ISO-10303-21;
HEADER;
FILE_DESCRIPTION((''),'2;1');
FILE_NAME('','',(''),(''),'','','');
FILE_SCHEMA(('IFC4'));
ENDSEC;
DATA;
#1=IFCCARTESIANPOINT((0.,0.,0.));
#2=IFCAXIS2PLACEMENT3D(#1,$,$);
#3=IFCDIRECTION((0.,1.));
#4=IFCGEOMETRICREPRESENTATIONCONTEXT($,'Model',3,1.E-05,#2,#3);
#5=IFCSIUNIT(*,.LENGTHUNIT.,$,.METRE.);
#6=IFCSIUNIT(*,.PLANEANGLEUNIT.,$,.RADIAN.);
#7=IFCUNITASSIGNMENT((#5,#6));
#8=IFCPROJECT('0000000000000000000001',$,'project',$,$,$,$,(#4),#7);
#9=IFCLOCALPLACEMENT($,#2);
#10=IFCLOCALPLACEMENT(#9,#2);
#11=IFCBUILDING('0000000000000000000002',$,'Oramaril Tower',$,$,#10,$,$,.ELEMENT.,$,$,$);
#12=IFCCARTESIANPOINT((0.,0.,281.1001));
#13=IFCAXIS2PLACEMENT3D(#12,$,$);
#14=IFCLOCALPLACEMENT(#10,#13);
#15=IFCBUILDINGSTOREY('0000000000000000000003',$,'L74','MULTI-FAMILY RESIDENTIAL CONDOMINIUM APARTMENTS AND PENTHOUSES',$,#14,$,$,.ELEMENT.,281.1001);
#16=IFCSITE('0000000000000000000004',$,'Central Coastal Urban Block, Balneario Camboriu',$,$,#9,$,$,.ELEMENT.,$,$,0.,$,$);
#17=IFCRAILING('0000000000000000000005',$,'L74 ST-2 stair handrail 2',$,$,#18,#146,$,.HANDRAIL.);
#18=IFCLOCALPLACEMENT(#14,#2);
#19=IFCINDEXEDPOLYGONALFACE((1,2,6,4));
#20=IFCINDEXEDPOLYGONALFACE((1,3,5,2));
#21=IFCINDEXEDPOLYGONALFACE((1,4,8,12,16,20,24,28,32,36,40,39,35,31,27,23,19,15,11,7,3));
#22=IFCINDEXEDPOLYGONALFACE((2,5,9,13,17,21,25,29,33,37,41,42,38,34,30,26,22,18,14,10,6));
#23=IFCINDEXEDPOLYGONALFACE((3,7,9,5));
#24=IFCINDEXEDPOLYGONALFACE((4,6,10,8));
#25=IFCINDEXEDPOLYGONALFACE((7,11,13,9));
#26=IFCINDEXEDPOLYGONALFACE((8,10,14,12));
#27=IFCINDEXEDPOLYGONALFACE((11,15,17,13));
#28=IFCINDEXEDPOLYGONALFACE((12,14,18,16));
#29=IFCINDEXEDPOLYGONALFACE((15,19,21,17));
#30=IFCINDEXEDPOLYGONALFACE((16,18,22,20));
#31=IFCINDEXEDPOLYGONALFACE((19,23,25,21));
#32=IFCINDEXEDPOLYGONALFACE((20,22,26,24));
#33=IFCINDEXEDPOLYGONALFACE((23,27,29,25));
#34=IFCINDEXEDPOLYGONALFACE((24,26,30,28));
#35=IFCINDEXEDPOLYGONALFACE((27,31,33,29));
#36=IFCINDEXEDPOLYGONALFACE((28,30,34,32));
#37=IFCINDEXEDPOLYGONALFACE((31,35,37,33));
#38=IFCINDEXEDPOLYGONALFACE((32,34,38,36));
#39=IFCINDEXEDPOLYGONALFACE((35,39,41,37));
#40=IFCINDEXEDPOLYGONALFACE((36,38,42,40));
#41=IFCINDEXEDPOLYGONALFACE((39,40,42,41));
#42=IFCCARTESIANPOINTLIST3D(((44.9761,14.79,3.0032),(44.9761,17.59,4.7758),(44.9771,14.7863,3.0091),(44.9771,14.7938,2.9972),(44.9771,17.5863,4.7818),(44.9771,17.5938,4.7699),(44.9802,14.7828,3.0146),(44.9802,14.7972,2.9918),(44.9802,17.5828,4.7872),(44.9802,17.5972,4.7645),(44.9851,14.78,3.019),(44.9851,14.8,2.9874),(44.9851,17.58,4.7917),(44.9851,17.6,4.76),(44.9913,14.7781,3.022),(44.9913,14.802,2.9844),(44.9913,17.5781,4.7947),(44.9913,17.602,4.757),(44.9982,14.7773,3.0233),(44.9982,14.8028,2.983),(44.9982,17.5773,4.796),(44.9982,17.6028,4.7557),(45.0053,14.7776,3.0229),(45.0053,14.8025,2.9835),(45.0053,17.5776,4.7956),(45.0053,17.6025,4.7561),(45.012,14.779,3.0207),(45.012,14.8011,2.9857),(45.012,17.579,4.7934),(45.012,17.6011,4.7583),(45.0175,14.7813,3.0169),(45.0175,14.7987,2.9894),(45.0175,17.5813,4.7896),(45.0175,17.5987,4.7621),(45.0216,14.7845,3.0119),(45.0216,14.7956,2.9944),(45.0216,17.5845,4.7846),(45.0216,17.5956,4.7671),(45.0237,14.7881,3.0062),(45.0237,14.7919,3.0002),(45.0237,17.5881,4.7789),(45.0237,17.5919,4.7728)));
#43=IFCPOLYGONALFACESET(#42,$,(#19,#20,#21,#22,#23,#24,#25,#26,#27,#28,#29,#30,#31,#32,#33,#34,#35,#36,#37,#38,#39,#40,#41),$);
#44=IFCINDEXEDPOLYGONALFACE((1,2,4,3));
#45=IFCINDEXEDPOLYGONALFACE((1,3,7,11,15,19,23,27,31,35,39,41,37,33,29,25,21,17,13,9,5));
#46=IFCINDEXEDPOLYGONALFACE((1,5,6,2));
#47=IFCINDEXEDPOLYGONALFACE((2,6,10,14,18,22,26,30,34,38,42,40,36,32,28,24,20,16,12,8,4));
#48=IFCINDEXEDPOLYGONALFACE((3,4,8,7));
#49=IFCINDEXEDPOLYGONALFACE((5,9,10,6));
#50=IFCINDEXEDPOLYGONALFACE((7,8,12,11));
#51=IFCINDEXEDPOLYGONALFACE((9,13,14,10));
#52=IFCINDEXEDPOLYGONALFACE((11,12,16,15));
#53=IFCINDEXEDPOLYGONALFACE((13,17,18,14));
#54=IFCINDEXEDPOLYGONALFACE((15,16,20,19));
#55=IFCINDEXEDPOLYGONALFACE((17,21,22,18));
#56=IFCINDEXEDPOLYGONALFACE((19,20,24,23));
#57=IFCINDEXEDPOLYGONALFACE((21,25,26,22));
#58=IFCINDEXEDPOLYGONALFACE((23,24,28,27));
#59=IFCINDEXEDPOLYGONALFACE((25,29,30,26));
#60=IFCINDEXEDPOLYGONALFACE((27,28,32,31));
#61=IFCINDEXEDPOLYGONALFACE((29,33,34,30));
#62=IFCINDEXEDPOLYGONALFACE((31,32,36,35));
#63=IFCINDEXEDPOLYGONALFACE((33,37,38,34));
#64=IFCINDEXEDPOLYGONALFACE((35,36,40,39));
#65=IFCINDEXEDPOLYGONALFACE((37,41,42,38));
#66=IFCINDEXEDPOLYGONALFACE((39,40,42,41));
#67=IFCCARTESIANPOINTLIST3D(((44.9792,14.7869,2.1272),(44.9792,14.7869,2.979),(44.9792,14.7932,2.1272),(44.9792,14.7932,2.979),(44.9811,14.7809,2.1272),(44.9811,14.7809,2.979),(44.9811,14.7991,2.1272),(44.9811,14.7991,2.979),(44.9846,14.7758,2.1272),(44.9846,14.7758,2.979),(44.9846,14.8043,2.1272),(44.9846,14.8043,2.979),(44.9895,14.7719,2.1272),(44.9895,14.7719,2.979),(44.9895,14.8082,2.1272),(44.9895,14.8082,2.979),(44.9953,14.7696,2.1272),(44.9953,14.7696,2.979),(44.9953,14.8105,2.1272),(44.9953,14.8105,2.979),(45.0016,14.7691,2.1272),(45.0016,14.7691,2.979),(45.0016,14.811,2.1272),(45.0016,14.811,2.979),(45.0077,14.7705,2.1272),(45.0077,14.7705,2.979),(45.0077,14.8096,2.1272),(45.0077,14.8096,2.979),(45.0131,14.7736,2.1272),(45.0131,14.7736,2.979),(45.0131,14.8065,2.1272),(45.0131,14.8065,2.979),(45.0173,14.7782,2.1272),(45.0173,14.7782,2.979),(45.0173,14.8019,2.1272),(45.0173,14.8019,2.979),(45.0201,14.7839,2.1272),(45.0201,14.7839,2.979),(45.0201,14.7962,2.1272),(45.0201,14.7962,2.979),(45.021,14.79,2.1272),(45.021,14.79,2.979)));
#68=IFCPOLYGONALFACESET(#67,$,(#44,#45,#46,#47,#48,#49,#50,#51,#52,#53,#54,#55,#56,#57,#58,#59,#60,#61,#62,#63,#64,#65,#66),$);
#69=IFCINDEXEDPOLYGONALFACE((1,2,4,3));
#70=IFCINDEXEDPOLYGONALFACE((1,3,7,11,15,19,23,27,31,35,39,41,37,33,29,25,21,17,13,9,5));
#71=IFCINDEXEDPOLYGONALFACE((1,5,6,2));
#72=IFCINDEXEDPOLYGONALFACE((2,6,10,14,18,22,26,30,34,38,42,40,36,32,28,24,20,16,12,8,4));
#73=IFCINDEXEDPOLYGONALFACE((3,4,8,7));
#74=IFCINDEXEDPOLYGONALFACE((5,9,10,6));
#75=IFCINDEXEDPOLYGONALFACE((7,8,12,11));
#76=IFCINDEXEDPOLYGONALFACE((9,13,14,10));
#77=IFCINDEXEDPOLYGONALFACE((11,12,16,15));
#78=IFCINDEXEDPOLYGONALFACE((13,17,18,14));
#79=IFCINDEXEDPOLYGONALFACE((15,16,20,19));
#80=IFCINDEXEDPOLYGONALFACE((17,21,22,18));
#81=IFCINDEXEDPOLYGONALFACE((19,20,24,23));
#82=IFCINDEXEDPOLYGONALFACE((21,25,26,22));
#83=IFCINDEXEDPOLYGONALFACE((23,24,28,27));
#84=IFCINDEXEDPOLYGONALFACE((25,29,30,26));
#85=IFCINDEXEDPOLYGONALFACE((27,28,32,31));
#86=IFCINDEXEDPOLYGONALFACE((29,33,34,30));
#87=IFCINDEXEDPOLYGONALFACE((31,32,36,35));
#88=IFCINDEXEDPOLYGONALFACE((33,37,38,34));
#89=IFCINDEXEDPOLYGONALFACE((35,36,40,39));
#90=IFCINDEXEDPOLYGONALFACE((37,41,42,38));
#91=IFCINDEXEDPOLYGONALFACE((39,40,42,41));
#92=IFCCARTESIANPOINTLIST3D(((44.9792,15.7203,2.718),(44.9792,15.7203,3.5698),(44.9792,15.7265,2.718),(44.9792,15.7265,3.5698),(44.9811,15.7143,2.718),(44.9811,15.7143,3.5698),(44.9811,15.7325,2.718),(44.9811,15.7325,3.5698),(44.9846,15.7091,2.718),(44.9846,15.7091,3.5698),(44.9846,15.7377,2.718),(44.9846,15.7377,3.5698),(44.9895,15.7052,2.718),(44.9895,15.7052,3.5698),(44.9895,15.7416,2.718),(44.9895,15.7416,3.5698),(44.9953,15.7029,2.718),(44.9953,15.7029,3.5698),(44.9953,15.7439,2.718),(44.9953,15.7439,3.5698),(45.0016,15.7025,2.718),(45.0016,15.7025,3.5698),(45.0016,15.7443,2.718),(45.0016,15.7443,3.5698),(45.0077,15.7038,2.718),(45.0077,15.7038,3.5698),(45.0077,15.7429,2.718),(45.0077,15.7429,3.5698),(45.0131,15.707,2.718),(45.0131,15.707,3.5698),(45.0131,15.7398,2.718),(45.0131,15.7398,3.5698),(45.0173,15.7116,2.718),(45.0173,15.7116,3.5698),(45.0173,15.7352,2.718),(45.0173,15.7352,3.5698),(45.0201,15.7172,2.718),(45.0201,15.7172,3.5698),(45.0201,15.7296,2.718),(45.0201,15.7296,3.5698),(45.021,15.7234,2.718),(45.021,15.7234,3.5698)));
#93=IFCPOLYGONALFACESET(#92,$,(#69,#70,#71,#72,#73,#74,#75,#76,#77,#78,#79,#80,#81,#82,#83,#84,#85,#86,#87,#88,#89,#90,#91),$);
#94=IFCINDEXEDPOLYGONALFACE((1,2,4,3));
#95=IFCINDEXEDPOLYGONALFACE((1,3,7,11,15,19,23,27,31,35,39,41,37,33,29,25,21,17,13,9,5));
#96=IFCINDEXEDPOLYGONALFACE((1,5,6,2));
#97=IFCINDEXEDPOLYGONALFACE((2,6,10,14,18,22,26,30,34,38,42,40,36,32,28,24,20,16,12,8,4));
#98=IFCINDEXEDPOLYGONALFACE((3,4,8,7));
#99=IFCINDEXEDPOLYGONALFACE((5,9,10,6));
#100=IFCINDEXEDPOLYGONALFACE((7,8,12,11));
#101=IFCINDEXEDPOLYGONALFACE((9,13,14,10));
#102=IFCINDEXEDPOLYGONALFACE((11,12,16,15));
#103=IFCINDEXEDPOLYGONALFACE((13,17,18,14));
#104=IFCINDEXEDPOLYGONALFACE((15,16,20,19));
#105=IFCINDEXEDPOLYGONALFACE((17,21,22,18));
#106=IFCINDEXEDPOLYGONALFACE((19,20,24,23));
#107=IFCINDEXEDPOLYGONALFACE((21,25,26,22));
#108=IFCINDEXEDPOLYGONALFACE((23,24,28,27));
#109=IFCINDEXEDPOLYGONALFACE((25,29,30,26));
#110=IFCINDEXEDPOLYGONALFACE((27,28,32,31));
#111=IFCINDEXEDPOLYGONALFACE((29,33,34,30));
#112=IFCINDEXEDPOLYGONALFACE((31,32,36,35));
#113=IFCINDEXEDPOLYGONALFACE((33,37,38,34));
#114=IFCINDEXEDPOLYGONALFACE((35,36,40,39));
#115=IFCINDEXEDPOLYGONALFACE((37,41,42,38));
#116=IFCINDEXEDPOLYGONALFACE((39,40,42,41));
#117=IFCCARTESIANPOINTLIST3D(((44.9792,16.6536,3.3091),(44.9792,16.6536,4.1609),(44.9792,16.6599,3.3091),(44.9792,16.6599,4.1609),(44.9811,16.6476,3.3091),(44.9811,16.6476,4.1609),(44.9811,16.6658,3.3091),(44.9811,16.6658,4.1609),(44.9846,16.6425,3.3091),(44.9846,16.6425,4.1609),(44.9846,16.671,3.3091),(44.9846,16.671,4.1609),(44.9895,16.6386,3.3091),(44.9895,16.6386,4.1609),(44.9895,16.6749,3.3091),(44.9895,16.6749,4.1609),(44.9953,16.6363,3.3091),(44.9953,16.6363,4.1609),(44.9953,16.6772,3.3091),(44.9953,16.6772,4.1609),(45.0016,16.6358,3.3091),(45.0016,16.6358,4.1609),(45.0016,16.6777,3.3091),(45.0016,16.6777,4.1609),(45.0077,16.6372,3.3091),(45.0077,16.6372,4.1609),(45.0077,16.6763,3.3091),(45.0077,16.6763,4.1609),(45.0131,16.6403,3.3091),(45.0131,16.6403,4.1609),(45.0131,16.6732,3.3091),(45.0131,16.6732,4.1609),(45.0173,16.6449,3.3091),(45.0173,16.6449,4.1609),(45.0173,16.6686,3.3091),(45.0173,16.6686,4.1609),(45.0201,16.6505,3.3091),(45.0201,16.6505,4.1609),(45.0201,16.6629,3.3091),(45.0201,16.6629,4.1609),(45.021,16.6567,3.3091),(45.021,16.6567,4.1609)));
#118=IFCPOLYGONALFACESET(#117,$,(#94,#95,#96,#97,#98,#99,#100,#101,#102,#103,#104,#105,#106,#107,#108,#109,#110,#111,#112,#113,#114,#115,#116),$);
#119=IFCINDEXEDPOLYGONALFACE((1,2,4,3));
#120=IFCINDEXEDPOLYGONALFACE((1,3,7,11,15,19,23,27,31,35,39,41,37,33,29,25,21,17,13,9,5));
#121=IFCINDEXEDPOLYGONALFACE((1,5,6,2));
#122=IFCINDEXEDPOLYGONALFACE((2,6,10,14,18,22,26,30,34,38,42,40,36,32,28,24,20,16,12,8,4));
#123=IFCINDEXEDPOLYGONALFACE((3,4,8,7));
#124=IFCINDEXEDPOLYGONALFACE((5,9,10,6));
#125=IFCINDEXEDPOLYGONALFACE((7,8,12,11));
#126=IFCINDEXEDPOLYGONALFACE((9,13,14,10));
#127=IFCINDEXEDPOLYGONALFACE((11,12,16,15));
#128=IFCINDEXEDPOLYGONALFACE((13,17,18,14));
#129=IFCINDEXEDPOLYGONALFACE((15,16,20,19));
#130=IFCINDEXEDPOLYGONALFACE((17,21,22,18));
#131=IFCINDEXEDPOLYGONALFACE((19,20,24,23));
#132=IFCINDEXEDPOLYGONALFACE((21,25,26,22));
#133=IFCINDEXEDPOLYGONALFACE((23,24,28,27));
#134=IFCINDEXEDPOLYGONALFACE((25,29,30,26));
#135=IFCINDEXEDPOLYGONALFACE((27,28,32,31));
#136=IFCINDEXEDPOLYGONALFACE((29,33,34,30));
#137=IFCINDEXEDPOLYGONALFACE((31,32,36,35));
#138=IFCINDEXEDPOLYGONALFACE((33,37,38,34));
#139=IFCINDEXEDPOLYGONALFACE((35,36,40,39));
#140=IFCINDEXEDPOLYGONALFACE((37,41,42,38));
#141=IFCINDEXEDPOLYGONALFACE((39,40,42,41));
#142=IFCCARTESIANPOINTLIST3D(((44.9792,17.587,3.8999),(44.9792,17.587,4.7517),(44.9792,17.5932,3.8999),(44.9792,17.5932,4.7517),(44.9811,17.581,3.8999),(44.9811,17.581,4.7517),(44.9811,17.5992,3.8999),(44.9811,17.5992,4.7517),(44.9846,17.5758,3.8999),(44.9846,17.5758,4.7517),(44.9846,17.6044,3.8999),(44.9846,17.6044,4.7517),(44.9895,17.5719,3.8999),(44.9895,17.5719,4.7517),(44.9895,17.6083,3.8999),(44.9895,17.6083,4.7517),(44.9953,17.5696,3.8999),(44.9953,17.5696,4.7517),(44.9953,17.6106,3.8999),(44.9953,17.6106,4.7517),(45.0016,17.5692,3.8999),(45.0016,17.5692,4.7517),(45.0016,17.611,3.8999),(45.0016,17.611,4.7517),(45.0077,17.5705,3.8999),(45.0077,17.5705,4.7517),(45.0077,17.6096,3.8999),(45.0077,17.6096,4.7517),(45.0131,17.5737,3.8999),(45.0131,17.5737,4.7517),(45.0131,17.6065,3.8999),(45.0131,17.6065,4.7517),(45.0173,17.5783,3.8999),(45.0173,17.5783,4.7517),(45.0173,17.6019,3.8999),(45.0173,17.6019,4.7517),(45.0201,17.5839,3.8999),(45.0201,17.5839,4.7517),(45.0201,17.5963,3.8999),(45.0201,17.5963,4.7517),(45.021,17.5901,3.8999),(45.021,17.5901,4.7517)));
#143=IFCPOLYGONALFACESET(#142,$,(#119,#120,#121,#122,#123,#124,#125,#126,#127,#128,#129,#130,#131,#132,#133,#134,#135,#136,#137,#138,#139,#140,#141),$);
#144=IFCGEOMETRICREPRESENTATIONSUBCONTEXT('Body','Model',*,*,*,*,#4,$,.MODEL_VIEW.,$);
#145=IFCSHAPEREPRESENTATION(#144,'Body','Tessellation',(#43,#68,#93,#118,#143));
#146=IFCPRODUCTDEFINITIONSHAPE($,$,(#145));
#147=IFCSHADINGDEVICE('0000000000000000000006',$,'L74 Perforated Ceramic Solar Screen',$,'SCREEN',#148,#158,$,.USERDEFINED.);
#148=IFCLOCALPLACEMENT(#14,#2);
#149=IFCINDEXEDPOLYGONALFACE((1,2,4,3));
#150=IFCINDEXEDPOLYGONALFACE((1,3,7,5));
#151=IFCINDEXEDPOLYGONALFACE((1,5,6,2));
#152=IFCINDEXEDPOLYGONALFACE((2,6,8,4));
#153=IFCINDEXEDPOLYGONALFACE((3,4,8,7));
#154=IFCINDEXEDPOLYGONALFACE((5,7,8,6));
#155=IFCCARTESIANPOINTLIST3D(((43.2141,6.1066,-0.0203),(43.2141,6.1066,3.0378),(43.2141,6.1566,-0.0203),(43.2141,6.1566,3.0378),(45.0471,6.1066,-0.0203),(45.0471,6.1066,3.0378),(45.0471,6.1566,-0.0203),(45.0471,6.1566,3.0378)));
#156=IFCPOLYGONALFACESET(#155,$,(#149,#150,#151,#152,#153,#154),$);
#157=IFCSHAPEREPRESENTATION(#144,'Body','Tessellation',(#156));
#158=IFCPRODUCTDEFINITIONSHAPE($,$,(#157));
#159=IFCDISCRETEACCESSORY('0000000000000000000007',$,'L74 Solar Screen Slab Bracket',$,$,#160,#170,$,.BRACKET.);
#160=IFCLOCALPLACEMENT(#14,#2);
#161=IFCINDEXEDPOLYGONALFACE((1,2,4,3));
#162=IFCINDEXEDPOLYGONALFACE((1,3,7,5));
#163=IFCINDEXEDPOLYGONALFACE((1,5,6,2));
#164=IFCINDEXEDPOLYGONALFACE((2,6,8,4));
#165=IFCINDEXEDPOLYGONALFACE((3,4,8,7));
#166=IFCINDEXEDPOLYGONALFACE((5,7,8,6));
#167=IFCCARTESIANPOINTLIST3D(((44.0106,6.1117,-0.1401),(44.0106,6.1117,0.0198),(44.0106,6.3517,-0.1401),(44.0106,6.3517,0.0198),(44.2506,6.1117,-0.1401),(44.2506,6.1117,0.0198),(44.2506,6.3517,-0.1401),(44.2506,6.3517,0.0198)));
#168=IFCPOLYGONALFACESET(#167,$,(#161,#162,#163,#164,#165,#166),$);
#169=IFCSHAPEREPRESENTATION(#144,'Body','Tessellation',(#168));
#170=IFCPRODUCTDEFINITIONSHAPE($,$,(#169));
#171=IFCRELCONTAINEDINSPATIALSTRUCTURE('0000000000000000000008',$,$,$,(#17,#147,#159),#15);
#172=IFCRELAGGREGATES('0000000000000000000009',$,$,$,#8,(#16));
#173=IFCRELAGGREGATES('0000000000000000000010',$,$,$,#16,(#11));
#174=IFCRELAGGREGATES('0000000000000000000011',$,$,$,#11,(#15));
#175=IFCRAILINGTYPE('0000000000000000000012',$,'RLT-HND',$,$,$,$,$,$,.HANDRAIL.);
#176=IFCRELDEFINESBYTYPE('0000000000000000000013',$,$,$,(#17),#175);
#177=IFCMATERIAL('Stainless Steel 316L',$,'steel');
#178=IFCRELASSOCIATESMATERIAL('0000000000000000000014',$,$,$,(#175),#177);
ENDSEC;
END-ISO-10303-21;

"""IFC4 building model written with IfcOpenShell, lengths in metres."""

from ifc_helpers import new_model, si_unit, direction, frame, origin, origin_2d, place, context, subcontext, project, spatial, rectangle, circle, extrude, material, type_object, element, save


model = new_model("IFC4")

# Units and contexts
model_context = context("Model", 3, precision=1e-05, world=origin(), true_north=direction((0.0, 1.0)))
body_context = subcontext(model_context, "Body", "Model", "MODEL_VIEW")
ifc_project = project(units=[si_unit("LENGTHUNIT", "METRE"), si_unit("PLANEANGLEUNIT", "RADIAN")], contexts=[model_context])

# Site, building, storey
site_placement = place(None, origin())
site = spatial("IfcSite", under=ifc_project, at=site_placement, Name="Central Coastal Urban Block, Balneario Camboriu", CompositionType="ELEMENT", RefElevation=0.0)
building_placement = place(site_placement, origin())
building = spatial("IfcBuilding", under=site, at=building_placement, Name="Oramaril Tower", CompositionType="ELEMENT")
storey_placement = place(building_placement, frame((0.0, 0.0, 281.1001)))
storey = spatial("IfcBuildingStorey", under=building, at=storey_placement, Name="L74", Description="MULTI-FAMILY RESIDENTIAL CONDOMINIUM APARTMENTS AND PENTHOUSES", CompositionType="ELEMENT", Elevation=281.1001)

# Railing
ifc_material_1 = material(Name="Stainless Steel 316L", Category="steel")
railing_type_1 = type_object("IfcRailingType", Name="RLT-HND", PredefinedType="HANDRAIL", material=ifc_material_1)
railing_1_placement = place(storey_placement, frame((45.0, 14.79, 2.1272)))
element("IfcRailing", 1, at=railing_1_placement, inside=storey, type_object=railing_type_1, Name="L74 ST-2 stair handrail 2", PredefinedType="HANDRAIL", context=body_context, shape_type="SweptSolid", body=[
    extrude(circle(Radius=0.0239, at=origin_2d()), frame((0.0, 0.0, 0.876), z_axis=(0.0, 0.844909, 0.53491), x_axis=(-1.0, 0.0, 0.0)), (0.0, 0.0, 1.0), 3.314),
    extrude(circle(Radius=0.021, at=origin_2d()), origin(), (0.0, 0.0, 1.0), 0.8518),
    extrude(circle(Radius=0.021, at=origin_2d()), frame((0.0, 0.9333, 0.5908)), (0.0, 0.0, 1.0), 0.8518),
    extrude(circle(Radius=0.021, at=origin_2d()), frame((0.0, 1.8667, 1.1819)), (0.0, 0.0, 1.0), 0.8518),
    extrude(circle(Radius=0.021, at=origin_2d()), frame((0.0, 2.8, 1.7727)), (0.0, 0.0, 1.0), 0.8518),
])

# Shading device
shading_device_placement = place(storey_placement, frame((44.1306, 6.1316, -0.0203), z_axis=(0.0, 0.0, 1.0), x_axis=(1.0, 0.0, 0.0)))
element("IfcShadingDevice", 2, at=shading_device_placement, inside=storey, Name="L74 Perforated Ceramic Solar Screen", ObjectType="SCREEN", PredefinedType="USERDEFINED", context=body_context, shape_type="SweptSolid", body=[
    extrude(rectangle(XDim=1.833, YDim=0.05, at=origin_2d()), origin(), (0.0, 0.0, 1.0), 3.0581),
])

# Discrete accessory
discrete_accessory_placement = place(storey_placement, frame((44.1306, 6.2317, -0.1401), z_axis=(0.0, 0.0, 1.0), x_axis=(1.0, 0.0, 0.0)))
element("IfcDiscreteAccessory", 3, at=discrete_accessory_placement, inside=storey, Name="L74 Solar Screen Slab Bracket", PredefinedType="BRACKET", context=body_context, shape_type="SweptSolid", body=[
    extrude(rectangle(XDim=0.24, YDim=0.24, at=origin_2d()), origin(), (0.0, 0.0, 1.0), 0.1599),
])

save(model, "model.ifc")
